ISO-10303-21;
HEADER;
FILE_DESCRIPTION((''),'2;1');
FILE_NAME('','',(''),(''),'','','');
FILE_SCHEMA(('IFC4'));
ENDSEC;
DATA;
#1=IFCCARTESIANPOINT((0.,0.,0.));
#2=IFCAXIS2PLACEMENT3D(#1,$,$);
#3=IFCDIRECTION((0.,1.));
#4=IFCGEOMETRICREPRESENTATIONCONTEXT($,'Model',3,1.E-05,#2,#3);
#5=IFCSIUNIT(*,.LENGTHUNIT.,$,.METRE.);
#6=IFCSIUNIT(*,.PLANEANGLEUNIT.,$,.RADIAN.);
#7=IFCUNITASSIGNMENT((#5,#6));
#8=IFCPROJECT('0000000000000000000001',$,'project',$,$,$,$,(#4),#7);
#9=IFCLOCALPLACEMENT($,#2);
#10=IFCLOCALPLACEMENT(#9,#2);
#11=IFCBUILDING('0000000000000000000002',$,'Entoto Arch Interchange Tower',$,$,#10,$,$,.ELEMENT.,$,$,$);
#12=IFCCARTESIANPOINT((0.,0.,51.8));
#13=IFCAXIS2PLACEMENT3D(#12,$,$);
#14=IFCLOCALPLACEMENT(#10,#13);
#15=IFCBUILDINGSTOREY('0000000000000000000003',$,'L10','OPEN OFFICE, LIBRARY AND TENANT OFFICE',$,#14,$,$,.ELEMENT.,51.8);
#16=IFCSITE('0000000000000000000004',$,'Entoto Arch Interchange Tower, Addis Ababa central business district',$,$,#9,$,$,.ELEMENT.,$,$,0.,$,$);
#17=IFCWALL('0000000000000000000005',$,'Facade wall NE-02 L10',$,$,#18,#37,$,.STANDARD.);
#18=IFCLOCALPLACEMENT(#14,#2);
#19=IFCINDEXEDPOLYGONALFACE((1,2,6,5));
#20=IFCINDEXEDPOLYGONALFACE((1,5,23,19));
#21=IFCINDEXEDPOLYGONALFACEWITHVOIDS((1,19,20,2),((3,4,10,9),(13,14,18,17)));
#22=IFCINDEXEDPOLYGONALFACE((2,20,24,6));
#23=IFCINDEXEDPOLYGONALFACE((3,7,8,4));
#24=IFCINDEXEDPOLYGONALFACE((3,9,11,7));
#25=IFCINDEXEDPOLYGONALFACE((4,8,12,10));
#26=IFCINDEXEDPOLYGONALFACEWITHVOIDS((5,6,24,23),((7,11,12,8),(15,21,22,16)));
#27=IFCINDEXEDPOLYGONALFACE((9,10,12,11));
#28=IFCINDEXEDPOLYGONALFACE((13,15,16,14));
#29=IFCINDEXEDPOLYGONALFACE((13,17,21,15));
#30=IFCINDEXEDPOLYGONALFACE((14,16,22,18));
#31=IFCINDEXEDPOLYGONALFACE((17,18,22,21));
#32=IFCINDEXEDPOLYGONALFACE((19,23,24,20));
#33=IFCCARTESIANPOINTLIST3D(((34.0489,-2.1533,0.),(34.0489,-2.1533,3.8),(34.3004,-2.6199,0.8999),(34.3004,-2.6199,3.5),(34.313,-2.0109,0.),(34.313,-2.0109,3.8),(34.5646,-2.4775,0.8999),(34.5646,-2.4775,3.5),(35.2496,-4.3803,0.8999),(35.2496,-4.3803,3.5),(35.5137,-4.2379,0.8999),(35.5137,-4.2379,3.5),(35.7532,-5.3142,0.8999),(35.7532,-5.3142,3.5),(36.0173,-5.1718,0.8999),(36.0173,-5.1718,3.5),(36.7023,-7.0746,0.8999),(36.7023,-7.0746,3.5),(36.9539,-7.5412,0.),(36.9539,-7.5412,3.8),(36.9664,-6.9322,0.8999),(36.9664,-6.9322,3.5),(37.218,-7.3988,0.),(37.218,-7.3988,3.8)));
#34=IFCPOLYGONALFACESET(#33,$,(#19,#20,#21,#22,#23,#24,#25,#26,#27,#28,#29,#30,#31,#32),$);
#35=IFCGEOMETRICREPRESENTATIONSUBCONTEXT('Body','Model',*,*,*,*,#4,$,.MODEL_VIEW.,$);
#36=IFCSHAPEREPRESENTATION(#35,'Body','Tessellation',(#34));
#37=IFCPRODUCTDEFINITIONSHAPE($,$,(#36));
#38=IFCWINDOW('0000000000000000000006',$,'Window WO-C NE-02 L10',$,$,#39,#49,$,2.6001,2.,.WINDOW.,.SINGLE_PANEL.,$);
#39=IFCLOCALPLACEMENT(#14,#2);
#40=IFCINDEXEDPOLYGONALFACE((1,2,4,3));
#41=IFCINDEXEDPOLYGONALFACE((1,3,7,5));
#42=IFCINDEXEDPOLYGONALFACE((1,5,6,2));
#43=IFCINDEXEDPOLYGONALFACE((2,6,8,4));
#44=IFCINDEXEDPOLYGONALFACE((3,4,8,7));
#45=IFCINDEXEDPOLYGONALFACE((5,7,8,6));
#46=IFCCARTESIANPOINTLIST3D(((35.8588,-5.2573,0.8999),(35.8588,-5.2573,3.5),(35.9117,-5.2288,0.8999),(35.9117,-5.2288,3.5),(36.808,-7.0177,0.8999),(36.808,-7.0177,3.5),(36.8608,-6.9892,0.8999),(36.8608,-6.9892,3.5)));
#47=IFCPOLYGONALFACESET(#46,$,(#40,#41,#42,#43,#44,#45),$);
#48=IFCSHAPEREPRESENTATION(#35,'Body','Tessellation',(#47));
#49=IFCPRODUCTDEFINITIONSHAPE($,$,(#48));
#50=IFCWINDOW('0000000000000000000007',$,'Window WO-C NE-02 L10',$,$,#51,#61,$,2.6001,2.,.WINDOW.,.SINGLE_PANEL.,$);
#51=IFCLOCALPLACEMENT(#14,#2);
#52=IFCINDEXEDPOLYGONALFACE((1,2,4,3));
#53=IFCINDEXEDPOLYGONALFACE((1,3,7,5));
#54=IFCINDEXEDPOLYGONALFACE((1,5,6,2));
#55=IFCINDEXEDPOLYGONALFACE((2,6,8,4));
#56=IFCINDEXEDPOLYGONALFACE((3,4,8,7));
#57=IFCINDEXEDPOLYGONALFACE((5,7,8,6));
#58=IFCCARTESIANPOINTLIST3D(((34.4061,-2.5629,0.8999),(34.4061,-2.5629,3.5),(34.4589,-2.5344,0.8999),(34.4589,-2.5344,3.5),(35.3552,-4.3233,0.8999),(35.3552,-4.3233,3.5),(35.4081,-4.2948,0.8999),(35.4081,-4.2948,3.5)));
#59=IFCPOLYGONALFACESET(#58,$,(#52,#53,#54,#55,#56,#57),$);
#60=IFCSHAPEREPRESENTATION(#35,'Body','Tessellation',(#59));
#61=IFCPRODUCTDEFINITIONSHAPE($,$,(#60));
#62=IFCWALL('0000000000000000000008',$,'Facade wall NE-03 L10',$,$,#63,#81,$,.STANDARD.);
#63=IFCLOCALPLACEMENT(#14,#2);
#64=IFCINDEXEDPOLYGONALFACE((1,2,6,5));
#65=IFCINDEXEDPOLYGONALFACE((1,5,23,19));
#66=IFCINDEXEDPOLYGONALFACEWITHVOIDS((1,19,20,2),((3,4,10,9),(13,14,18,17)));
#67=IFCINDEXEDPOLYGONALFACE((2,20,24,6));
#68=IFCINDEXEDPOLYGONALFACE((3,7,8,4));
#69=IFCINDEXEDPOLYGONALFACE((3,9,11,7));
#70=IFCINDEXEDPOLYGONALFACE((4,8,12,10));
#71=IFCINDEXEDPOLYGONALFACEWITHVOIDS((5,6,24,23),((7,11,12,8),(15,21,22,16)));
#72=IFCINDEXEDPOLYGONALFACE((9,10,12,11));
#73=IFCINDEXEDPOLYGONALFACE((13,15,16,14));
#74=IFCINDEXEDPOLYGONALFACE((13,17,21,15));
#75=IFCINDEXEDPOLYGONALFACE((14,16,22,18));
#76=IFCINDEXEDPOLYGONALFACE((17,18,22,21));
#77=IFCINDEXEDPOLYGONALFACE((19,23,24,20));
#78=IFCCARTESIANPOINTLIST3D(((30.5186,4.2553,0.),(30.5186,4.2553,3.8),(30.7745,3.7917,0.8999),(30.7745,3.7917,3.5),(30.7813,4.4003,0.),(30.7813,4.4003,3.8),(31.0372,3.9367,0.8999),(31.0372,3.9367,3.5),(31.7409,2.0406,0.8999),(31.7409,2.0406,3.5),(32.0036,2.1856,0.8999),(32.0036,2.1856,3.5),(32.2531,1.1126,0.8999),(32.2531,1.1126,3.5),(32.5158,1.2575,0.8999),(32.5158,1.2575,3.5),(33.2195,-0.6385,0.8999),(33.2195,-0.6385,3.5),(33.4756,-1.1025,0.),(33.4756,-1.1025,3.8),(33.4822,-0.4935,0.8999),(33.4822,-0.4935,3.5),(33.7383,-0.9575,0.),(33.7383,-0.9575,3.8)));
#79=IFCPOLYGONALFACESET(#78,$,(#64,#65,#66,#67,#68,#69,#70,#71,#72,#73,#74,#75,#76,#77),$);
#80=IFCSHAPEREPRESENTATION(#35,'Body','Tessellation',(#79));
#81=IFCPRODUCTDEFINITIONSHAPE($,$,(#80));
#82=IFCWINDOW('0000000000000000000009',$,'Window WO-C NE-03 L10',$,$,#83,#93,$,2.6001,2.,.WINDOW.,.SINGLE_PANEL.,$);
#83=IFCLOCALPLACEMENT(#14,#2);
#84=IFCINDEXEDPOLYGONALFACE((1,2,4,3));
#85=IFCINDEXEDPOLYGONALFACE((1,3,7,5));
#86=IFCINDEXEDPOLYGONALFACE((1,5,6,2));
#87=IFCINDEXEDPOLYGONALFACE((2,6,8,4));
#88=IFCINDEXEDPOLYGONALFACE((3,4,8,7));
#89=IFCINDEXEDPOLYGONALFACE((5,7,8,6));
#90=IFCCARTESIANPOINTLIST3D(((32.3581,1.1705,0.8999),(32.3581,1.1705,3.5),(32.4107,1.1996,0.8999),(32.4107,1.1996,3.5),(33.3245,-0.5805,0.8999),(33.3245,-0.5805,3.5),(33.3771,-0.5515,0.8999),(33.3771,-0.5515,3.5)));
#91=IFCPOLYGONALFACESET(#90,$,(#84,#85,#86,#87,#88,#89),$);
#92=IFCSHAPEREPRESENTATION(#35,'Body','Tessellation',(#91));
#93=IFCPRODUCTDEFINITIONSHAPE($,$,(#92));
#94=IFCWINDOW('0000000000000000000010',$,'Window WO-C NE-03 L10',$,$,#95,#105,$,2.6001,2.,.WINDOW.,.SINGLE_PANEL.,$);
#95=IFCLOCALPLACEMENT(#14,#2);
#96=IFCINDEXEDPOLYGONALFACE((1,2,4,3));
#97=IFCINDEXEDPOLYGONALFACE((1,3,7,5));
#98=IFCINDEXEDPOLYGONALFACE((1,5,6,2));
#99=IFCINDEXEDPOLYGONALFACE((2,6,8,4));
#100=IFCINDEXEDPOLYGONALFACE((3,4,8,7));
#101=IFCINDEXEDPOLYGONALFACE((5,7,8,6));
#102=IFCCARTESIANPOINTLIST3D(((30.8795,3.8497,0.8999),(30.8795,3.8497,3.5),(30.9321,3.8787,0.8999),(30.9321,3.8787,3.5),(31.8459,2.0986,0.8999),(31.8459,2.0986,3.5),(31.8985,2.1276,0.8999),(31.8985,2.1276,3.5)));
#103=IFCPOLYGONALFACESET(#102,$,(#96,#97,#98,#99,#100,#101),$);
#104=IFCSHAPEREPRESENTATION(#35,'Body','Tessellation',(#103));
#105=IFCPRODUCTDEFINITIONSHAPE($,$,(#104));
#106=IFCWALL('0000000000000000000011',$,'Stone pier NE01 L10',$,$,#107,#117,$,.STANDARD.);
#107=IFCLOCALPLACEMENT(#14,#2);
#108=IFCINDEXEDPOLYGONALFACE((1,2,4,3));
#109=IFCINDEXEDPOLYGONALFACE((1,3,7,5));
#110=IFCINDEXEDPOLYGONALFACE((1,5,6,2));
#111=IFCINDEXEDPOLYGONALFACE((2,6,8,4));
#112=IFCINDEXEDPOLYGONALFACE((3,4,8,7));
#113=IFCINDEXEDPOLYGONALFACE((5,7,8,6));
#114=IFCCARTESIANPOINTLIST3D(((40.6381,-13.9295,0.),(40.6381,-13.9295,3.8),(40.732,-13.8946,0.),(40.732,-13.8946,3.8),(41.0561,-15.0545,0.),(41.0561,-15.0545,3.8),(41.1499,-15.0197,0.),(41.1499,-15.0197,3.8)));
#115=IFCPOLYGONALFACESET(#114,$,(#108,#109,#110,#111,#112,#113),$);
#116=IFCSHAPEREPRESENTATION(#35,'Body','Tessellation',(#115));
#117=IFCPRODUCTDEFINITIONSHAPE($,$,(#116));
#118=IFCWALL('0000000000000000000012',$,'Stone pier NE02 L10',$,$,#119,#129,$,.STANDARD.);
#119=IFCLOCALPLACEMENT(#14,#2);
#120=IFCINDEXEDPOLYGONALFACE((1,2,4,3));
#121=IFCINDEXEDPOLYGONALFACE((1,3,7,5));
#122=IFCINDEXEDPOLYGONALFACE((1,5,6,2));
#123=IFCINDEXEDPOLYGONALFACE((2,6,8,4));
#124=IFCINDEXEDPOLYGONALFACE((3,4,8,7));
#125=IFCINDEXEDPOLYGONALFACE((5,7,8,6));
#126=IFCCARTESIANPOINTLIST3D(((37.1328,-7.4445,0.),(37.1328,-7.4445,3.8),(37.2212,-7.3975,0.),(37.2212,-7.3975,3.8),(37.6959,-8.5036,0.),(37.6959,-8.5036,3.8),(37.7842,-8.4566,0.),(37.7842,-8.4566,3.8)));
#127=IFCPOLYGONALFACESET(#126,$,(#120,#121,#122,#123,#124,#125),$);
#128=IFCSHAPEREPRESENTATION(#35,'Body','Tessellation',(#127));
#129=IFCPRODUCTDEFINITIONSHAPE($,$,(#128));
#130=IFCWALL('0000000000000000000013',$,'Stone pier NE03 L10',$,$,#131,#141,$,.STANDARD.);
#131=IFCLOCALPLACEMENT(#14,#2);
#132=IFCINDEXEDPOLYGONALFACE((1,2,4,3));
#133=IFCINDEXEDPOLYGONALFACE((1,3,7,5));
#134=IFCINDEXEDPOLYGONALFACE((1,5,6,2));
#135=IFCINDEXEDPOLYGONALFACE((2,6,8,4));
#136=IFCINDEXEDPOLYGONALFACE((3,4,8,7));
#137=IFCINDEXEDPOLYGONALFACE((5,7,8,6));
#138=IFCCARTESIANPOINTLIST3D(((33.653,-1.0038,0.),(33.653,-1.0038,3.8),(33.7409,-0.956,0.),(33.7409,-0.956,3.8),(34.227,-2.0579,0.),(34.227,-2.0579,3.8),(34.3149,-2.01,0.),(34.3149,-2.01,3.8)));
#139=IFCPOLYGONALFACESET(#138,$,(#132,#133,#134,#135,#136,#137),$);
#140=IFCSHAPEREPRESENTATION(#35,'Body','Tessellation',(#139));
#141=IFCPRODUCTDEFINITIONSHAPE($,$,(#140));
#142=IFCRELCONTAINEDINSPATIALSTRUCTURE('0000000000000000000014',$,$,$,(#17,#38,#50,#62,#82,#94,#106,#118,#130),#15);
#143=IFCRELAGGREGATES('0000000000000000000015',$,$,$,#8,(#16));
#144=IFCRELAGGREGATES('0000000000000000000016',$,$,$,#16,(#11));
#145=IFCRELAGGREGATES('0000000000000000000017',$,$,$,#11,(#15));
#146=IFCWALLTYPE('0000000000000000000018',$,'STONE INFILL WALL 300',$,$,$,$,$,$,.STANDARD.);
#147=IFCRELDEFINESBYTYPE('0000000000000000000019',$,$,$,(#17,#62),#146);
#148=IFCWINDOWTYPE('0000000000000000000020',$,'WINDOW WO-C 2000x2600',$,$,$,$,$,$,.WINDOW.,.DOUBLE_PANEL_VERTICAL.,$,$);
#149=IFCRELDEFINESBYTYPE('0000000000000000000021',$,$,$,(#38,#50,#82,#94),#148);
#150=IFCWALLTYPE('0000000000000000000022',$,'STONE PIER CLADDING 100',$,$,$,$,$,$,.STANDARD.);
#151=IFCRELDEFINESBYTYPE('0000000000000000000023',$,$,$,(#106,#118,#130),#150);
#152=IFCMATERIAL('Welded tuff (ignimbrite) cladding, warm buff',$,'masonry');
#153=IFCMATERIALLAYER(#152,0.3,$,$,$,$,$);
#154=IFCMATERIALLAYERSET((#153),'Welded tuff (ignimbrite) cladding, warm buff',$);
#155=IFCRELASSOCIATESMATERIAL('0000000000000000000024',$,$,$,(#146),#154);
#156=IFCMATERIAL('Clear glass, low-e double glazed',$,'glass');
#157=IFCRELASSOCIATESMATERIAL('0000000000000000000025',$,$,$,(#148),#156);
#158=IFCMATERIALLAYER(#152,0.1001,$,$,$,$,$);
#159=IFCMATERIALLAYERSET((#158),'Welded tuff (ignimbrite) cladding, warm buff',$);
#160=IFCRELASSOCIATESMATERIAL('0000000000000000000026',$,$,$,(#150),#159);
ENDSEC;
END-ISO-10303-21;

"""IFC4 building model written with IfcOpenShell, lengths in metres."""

from ifc_helpers import new_model, si_unit, direction, frame, frame_2d, origin, place, context, subcontext, project, spatial, rectangle, extrude, material, layer, layer_set, type_object, element, fill, save


model = new_model("IFC4")

# Units and contexts
model_context = context("Model", 3, precision=1e-05, world=origin(), true_north=direction((0.0, 1.0)))
body_context = subcontext(model_context, "Body", "Model", "MODEL_VIEW")
ifc_project = project(units=[si_unit("LENGTHUNIT", "METRE"), si_unit("PLANEANGLEUNIT", "RADIAN")], contexts=[model_context])

# Site, building, storey
site_placement = place(None, origin())
site = spatial("IfcSite", under=ifc_project, at=site_placement, Name="Entoto Arch Interchange Tower, Addis Ababa central business district", CompositionType="ELEMENT", RefElevation=0.0)
building_placement = place(site_placement, origin())
building = spatial("IfcBuilding", under=site, at=building_placement, Name="Entoto Arch Interchange Tower", CompositionType="ELEMENT")
storey_placement = place(building_placement, frame((0.0, 0.0, 51.8)))
storey = spatial("IfcBuildingStorey", under=building, at=storey_placement, Name="L10", Description="OPEN OFFICE, LIBRARY AND TENANT OFFICE", CompositionType="ELEMENT", Elevation=51.8)

# Shared definitions
ifc_material_1 = material(Name="Welded tuff (ignimbrite) cladding, warm buff", Category="masonry")
ifc_layer_1 = layer(ifc_material_1, 0.3)
ifc_layer_set_1 = layer_set([ifc_layer_1], Name="Welded tuff (ignimbrite) cladding, warm buff")
wall_type_1 = type_object("IfcWallType", Name="STONE INFILL WALL 300", PredefinedType="STANDARD", material=ifc_layer_set_1)
ifc_material_2 = material(Name="Clear glass, low-e double glazed", Category="glass")

# Walls, openings, windows
window_type_1 = type_object("IfcWindowType", Name="WINDOW WO-C 2000x2600", PartitioningType="DOUBLE_PANEL_VERTICAL", PredefinedType="WINDOW", material=ifc_material_2)
wall_1_placement = place(storey_placement, frame((37.0859, -7.47, 0.0), z_axis=(0.0, 0.0, 1.0), x_axis=(-0.474585, 0.88021, 0.0)))
wall_1 = element("IfcWall", 1, at=wall_1_placement, inside=storey, type_object=wall_type_1, Name="Facade wall NE-02 L10", PredefinedType="STANDARD", context=body_context, shape_type="SweptSolid", body=[
    extrude(rectangle(XDim=6.1211, YDim=0.3, at=frame_2d((3.0605, 0.0))), origin(), (0.0, 0.0, 1.0), 3.8),
])
opening_1_placement = place(wall_1_placement, frame((0.53, 0.0, 0.8999)))
opening_1 = element("IfcOpeningElement", 2, at=opening_1_placement, cuts=wall_1, PredefinedType="OPENING", context=body_context, shape_type="SweptSolid", body=[
    extrude(rectangle(XDim=2.0, YDim=2.6001, at=frame_2d((1.0, 1.3))), frame((0.0, 0.1602, 0.0), z_axis=(0.0, -1.0, 0.0), x_axis=(1.0, 0.0, 0.0)), (0.0, 0.0, 1.0), 0.3201),
])
opening_2_placement = place(wall_1_placement, frame((3.5911, 0.0, 0.8999)))
opening_2 = element("IfcOpeningElement", 3, at=opening_2_placement, cuts=wall_1, PredefinedType="OPENING", context=body_context, shape_type="SweptSolid", body=[
    extrude(rectangle(XDim=2.0, YDim=2.6001, at=frame_2d((1.0, 1.3))), frame((0.0, 0.1602, 0.0), z_axis=(0.0, -1.0, 0.0), x_axis=(1.0, 0.0, 0.0)), (0.0, 0.0, 1.0), 0.3201),
])
window_1_placement = place(opening_1_placement, origin())
window_1 = element("IfcWindow", 4, at=window_1_placement, inside=storey, type_object=window_type_1, Name="Window WO-C NE-02 L10", OverallHeight=2.6001, OverallWidth=2.0, PartitioningType="SINGLE_PANEL", PredefinedType="WINDOW", context=body_context, shape_type="SweptSolid", body=[
    extrude(rectangle(XDim=2.0, YDim=2.6001, at=frame_2d((1.0, 1.3))), frame((0.0, 0.03, 0.0), z_axis=(0.0, -1.0, 0.0), x_axis=(1.0, 0.0, 0.0)), (0.0, 0.0, 1.0), 0.0601),
])
fill(opening_1, window_1)
window_2_placement = place(opening_2_placement, origin())
window_2 = element("IfcWindow", 5, at=window_2_placement, inside=storey, type_object=window_type_1, Name="Window WO-C NE-02 L10", OverallHeight=2.6001, OverallWidth=2.0, PartitioningType="SINGLE_PANEL", PredefinedType="WINDOW", context=body_context, shape_type="SweptSolid", body=[
    extrude(rectangle(XDim=2.0, YDim=2.6001, at=frame_2d((1.0, 1.3))), frame((0.0, 0.03, 0.0), z_axis=(0.0, -1.0, 0.0), x_axis=(1.0, 0.0, 0.0)), (0.0, 0.0, 1.0), 0.0601),
])
fill(opening_2, window_2)
wall_2_placement = place(storey_placement, frame((33.6069, -1.03, 0.0), z_axis=(0.0, 0.0, 1.0), x_axis=(-0.483195, 0.875513, 0.0)))
wall_2 = element("IfcWall", 6, at=wall_2_placement, inside=storey, type_object=wall_type_1, Name="Facade wall NE-03 L10", PredefinedType="STANDARD", context=body_context, shape_type="SweptSolid", body=[
    extrude(rectangle(XDim=6.1196, YDim=0.3, at=frame_2d((3.0598, 0.0))), origin(), (0.0, 0.0, 1.0), 3.8),
])
opening_3_placement = place(wall_2_placement, frame((0.53, 0.0, 0.8999)))
opening_3 = element("IfcOpeningElement", 7, at=opening_3_placement, cuts=wall_2, PredefinedType="OPENING", context=body_context, shape_type="SweptSolid", body=[
    extrude(rectangle(XDim=2.0, YDim=2.6001, at=frame_2d((1.0, 1.3))), frame((0.0, 0.1602, 0.0), z_axis=(0.0, -1.0, 0.0), x_axis=(1.0, 0.0, 0.0)), (0.0, 0.0, 1.0), 0.3201),
])
opening_4_placement = place(wall_2_placement, frame((3.5901, 0.0, 0.8999)))
opening_4 = element("IfcOpeningElement", 8, at=opening_4_placement, cuts=wall_2, PredefinedType="OPENING", context=body_context, shape_type="SweptSolid", body=[
    extrude(rectangle(XDim=2.0, YDim=2.6001, at=frame_2d((1.0, 1.3))), frame((0.0, 0.1602, 0.0), z_axis=(0.0, -1.0, 0.0), x_axis=(1.0, 0.0, 0.0)), (0.0, 0.0, 1.0), 0.3201),
])
window_3_placement = place(opening_3_placement, origin())
window_3 = element("IfcWindow", 9, at=window_3_placement, inside=storey, type_object=window_type_1, Name="Window WO-C NE-03 L10", OverallHeight=2.6001, OverallWidth=2.0, PartitioningType="SINGLE_PANEL", PredefinedType="WINDOW", context=body_context, shape_type="SweptSolid", body=[
    extrude(rectangle(XDim=2.0, YDim=2.6001, at=frame_2d((1.0, 1.3))), frame((0.0, 0.03, 0.0), z_axis=(0.0, -1.0, 0.0), x_axis=(1.0, 0.0, 0.0)), (0.0, 0.0, 1.0), 0.0601),
])
fill(opening_3, window_3)
window_4_placement = place(opening_4_placement, origin())
window_4 = element("IfcWindow", 10, at=window_4_placement, inside=storey, type_object=window_type_1, Name="Window WO-C NE-03 L10", OverallHeight=2.6001, OverallWidth=2.0, PartitioningType="SINGLE_PANEL", PredefinedType="WINDOW", context=body_context, shape_type="SweptSolid", body=[
    extrude(rectangle(XDim=2.0, YDim=2.6001, at=frame_2d((1.0, 1.3))), frame((0.0, 0.03, 0.0), z_axis=(0.0, -1.0, 0.0), x_axis=(1.0, 0.0, 0.0)), (0.0, 0.0, 1.0), 0.0601),
])
fill(opening_4, window_4)

# Walls
ifc_layer_2 = layer(ifc_material_1, 0.1001)
ifc_layer_set_2 = layer_set([ifc_layer_2], Name="Welded tuff (ignimbrite) cladding, warm buff")
wall_type_2 = type_object("IfcWallType", Name="STONE PIER CLADDING 100", PredefinedType="STANDARD", material=ifc_layer_set_2)
wall_3_placement = place(storey_placement, frame((41.103, -15.0371, 0.0), z_axis=(0.0, 0.0, 1.0), x_axis=(-0.348268, 0.937395, 0.0)))
element("IfcWall", 11, at=wall_3_placement, inside=storey, type_object=wall_type_2, Name="Stone pier NE01 L10", PredefinedType="STANDARD", context=body_context, shape_type="SweptSolid", body=[
    extrude(rectangle(XDim=1.2002, YDim=0.1001, at=frame_2d((0.6001, 0.0))), origin(), (0.0, 0.0, 1.0), 3.8),
])
wall_4_placement = place(storey_placement, frame((37.74, -8.48, 0.0), z_axis=(0.0, 0.0, 1.0), x_axis=(-0.469383, 0.882994, 0.0)))
element("IfcWall", 12, at=wall_4_placement, inside=storey, type_object=wall_type_2, Name="Stone pier NE02 L10", PredefinedType="STANDARD", context=body_context, shape_type="SweptSolid", body=[
    extrude(rectangle(XDim=1.1995, YDim=0.1001, at=frame_2d((0.5996, 0.0))), origin(), (0.0, 0.0, 1.0), 3.8),
])
wall_5_placement = place(storey_placement, frame((34.271, -2.0339, 0.0), z_axis=(0.0, 0.0, 1.0), x_axis=(-0.478268, 0.878214, 0.0)))
element("IfcWall", 13, at=wall_5_placement, inside=storey, type_object=wall_type_2, Name="Stone pier NE03 L10", PredefinedType="STANDARD", context=body_context, shape_type="SweptSolid", body=[
    extrude(rectangle(XDim=1.2002, YDim=0.1001, at=frame_2d((0.6001, 0.0))), origin(), (0.0, 0.0, 1.0), 3.8),
])

save(model, "model.ifc")
